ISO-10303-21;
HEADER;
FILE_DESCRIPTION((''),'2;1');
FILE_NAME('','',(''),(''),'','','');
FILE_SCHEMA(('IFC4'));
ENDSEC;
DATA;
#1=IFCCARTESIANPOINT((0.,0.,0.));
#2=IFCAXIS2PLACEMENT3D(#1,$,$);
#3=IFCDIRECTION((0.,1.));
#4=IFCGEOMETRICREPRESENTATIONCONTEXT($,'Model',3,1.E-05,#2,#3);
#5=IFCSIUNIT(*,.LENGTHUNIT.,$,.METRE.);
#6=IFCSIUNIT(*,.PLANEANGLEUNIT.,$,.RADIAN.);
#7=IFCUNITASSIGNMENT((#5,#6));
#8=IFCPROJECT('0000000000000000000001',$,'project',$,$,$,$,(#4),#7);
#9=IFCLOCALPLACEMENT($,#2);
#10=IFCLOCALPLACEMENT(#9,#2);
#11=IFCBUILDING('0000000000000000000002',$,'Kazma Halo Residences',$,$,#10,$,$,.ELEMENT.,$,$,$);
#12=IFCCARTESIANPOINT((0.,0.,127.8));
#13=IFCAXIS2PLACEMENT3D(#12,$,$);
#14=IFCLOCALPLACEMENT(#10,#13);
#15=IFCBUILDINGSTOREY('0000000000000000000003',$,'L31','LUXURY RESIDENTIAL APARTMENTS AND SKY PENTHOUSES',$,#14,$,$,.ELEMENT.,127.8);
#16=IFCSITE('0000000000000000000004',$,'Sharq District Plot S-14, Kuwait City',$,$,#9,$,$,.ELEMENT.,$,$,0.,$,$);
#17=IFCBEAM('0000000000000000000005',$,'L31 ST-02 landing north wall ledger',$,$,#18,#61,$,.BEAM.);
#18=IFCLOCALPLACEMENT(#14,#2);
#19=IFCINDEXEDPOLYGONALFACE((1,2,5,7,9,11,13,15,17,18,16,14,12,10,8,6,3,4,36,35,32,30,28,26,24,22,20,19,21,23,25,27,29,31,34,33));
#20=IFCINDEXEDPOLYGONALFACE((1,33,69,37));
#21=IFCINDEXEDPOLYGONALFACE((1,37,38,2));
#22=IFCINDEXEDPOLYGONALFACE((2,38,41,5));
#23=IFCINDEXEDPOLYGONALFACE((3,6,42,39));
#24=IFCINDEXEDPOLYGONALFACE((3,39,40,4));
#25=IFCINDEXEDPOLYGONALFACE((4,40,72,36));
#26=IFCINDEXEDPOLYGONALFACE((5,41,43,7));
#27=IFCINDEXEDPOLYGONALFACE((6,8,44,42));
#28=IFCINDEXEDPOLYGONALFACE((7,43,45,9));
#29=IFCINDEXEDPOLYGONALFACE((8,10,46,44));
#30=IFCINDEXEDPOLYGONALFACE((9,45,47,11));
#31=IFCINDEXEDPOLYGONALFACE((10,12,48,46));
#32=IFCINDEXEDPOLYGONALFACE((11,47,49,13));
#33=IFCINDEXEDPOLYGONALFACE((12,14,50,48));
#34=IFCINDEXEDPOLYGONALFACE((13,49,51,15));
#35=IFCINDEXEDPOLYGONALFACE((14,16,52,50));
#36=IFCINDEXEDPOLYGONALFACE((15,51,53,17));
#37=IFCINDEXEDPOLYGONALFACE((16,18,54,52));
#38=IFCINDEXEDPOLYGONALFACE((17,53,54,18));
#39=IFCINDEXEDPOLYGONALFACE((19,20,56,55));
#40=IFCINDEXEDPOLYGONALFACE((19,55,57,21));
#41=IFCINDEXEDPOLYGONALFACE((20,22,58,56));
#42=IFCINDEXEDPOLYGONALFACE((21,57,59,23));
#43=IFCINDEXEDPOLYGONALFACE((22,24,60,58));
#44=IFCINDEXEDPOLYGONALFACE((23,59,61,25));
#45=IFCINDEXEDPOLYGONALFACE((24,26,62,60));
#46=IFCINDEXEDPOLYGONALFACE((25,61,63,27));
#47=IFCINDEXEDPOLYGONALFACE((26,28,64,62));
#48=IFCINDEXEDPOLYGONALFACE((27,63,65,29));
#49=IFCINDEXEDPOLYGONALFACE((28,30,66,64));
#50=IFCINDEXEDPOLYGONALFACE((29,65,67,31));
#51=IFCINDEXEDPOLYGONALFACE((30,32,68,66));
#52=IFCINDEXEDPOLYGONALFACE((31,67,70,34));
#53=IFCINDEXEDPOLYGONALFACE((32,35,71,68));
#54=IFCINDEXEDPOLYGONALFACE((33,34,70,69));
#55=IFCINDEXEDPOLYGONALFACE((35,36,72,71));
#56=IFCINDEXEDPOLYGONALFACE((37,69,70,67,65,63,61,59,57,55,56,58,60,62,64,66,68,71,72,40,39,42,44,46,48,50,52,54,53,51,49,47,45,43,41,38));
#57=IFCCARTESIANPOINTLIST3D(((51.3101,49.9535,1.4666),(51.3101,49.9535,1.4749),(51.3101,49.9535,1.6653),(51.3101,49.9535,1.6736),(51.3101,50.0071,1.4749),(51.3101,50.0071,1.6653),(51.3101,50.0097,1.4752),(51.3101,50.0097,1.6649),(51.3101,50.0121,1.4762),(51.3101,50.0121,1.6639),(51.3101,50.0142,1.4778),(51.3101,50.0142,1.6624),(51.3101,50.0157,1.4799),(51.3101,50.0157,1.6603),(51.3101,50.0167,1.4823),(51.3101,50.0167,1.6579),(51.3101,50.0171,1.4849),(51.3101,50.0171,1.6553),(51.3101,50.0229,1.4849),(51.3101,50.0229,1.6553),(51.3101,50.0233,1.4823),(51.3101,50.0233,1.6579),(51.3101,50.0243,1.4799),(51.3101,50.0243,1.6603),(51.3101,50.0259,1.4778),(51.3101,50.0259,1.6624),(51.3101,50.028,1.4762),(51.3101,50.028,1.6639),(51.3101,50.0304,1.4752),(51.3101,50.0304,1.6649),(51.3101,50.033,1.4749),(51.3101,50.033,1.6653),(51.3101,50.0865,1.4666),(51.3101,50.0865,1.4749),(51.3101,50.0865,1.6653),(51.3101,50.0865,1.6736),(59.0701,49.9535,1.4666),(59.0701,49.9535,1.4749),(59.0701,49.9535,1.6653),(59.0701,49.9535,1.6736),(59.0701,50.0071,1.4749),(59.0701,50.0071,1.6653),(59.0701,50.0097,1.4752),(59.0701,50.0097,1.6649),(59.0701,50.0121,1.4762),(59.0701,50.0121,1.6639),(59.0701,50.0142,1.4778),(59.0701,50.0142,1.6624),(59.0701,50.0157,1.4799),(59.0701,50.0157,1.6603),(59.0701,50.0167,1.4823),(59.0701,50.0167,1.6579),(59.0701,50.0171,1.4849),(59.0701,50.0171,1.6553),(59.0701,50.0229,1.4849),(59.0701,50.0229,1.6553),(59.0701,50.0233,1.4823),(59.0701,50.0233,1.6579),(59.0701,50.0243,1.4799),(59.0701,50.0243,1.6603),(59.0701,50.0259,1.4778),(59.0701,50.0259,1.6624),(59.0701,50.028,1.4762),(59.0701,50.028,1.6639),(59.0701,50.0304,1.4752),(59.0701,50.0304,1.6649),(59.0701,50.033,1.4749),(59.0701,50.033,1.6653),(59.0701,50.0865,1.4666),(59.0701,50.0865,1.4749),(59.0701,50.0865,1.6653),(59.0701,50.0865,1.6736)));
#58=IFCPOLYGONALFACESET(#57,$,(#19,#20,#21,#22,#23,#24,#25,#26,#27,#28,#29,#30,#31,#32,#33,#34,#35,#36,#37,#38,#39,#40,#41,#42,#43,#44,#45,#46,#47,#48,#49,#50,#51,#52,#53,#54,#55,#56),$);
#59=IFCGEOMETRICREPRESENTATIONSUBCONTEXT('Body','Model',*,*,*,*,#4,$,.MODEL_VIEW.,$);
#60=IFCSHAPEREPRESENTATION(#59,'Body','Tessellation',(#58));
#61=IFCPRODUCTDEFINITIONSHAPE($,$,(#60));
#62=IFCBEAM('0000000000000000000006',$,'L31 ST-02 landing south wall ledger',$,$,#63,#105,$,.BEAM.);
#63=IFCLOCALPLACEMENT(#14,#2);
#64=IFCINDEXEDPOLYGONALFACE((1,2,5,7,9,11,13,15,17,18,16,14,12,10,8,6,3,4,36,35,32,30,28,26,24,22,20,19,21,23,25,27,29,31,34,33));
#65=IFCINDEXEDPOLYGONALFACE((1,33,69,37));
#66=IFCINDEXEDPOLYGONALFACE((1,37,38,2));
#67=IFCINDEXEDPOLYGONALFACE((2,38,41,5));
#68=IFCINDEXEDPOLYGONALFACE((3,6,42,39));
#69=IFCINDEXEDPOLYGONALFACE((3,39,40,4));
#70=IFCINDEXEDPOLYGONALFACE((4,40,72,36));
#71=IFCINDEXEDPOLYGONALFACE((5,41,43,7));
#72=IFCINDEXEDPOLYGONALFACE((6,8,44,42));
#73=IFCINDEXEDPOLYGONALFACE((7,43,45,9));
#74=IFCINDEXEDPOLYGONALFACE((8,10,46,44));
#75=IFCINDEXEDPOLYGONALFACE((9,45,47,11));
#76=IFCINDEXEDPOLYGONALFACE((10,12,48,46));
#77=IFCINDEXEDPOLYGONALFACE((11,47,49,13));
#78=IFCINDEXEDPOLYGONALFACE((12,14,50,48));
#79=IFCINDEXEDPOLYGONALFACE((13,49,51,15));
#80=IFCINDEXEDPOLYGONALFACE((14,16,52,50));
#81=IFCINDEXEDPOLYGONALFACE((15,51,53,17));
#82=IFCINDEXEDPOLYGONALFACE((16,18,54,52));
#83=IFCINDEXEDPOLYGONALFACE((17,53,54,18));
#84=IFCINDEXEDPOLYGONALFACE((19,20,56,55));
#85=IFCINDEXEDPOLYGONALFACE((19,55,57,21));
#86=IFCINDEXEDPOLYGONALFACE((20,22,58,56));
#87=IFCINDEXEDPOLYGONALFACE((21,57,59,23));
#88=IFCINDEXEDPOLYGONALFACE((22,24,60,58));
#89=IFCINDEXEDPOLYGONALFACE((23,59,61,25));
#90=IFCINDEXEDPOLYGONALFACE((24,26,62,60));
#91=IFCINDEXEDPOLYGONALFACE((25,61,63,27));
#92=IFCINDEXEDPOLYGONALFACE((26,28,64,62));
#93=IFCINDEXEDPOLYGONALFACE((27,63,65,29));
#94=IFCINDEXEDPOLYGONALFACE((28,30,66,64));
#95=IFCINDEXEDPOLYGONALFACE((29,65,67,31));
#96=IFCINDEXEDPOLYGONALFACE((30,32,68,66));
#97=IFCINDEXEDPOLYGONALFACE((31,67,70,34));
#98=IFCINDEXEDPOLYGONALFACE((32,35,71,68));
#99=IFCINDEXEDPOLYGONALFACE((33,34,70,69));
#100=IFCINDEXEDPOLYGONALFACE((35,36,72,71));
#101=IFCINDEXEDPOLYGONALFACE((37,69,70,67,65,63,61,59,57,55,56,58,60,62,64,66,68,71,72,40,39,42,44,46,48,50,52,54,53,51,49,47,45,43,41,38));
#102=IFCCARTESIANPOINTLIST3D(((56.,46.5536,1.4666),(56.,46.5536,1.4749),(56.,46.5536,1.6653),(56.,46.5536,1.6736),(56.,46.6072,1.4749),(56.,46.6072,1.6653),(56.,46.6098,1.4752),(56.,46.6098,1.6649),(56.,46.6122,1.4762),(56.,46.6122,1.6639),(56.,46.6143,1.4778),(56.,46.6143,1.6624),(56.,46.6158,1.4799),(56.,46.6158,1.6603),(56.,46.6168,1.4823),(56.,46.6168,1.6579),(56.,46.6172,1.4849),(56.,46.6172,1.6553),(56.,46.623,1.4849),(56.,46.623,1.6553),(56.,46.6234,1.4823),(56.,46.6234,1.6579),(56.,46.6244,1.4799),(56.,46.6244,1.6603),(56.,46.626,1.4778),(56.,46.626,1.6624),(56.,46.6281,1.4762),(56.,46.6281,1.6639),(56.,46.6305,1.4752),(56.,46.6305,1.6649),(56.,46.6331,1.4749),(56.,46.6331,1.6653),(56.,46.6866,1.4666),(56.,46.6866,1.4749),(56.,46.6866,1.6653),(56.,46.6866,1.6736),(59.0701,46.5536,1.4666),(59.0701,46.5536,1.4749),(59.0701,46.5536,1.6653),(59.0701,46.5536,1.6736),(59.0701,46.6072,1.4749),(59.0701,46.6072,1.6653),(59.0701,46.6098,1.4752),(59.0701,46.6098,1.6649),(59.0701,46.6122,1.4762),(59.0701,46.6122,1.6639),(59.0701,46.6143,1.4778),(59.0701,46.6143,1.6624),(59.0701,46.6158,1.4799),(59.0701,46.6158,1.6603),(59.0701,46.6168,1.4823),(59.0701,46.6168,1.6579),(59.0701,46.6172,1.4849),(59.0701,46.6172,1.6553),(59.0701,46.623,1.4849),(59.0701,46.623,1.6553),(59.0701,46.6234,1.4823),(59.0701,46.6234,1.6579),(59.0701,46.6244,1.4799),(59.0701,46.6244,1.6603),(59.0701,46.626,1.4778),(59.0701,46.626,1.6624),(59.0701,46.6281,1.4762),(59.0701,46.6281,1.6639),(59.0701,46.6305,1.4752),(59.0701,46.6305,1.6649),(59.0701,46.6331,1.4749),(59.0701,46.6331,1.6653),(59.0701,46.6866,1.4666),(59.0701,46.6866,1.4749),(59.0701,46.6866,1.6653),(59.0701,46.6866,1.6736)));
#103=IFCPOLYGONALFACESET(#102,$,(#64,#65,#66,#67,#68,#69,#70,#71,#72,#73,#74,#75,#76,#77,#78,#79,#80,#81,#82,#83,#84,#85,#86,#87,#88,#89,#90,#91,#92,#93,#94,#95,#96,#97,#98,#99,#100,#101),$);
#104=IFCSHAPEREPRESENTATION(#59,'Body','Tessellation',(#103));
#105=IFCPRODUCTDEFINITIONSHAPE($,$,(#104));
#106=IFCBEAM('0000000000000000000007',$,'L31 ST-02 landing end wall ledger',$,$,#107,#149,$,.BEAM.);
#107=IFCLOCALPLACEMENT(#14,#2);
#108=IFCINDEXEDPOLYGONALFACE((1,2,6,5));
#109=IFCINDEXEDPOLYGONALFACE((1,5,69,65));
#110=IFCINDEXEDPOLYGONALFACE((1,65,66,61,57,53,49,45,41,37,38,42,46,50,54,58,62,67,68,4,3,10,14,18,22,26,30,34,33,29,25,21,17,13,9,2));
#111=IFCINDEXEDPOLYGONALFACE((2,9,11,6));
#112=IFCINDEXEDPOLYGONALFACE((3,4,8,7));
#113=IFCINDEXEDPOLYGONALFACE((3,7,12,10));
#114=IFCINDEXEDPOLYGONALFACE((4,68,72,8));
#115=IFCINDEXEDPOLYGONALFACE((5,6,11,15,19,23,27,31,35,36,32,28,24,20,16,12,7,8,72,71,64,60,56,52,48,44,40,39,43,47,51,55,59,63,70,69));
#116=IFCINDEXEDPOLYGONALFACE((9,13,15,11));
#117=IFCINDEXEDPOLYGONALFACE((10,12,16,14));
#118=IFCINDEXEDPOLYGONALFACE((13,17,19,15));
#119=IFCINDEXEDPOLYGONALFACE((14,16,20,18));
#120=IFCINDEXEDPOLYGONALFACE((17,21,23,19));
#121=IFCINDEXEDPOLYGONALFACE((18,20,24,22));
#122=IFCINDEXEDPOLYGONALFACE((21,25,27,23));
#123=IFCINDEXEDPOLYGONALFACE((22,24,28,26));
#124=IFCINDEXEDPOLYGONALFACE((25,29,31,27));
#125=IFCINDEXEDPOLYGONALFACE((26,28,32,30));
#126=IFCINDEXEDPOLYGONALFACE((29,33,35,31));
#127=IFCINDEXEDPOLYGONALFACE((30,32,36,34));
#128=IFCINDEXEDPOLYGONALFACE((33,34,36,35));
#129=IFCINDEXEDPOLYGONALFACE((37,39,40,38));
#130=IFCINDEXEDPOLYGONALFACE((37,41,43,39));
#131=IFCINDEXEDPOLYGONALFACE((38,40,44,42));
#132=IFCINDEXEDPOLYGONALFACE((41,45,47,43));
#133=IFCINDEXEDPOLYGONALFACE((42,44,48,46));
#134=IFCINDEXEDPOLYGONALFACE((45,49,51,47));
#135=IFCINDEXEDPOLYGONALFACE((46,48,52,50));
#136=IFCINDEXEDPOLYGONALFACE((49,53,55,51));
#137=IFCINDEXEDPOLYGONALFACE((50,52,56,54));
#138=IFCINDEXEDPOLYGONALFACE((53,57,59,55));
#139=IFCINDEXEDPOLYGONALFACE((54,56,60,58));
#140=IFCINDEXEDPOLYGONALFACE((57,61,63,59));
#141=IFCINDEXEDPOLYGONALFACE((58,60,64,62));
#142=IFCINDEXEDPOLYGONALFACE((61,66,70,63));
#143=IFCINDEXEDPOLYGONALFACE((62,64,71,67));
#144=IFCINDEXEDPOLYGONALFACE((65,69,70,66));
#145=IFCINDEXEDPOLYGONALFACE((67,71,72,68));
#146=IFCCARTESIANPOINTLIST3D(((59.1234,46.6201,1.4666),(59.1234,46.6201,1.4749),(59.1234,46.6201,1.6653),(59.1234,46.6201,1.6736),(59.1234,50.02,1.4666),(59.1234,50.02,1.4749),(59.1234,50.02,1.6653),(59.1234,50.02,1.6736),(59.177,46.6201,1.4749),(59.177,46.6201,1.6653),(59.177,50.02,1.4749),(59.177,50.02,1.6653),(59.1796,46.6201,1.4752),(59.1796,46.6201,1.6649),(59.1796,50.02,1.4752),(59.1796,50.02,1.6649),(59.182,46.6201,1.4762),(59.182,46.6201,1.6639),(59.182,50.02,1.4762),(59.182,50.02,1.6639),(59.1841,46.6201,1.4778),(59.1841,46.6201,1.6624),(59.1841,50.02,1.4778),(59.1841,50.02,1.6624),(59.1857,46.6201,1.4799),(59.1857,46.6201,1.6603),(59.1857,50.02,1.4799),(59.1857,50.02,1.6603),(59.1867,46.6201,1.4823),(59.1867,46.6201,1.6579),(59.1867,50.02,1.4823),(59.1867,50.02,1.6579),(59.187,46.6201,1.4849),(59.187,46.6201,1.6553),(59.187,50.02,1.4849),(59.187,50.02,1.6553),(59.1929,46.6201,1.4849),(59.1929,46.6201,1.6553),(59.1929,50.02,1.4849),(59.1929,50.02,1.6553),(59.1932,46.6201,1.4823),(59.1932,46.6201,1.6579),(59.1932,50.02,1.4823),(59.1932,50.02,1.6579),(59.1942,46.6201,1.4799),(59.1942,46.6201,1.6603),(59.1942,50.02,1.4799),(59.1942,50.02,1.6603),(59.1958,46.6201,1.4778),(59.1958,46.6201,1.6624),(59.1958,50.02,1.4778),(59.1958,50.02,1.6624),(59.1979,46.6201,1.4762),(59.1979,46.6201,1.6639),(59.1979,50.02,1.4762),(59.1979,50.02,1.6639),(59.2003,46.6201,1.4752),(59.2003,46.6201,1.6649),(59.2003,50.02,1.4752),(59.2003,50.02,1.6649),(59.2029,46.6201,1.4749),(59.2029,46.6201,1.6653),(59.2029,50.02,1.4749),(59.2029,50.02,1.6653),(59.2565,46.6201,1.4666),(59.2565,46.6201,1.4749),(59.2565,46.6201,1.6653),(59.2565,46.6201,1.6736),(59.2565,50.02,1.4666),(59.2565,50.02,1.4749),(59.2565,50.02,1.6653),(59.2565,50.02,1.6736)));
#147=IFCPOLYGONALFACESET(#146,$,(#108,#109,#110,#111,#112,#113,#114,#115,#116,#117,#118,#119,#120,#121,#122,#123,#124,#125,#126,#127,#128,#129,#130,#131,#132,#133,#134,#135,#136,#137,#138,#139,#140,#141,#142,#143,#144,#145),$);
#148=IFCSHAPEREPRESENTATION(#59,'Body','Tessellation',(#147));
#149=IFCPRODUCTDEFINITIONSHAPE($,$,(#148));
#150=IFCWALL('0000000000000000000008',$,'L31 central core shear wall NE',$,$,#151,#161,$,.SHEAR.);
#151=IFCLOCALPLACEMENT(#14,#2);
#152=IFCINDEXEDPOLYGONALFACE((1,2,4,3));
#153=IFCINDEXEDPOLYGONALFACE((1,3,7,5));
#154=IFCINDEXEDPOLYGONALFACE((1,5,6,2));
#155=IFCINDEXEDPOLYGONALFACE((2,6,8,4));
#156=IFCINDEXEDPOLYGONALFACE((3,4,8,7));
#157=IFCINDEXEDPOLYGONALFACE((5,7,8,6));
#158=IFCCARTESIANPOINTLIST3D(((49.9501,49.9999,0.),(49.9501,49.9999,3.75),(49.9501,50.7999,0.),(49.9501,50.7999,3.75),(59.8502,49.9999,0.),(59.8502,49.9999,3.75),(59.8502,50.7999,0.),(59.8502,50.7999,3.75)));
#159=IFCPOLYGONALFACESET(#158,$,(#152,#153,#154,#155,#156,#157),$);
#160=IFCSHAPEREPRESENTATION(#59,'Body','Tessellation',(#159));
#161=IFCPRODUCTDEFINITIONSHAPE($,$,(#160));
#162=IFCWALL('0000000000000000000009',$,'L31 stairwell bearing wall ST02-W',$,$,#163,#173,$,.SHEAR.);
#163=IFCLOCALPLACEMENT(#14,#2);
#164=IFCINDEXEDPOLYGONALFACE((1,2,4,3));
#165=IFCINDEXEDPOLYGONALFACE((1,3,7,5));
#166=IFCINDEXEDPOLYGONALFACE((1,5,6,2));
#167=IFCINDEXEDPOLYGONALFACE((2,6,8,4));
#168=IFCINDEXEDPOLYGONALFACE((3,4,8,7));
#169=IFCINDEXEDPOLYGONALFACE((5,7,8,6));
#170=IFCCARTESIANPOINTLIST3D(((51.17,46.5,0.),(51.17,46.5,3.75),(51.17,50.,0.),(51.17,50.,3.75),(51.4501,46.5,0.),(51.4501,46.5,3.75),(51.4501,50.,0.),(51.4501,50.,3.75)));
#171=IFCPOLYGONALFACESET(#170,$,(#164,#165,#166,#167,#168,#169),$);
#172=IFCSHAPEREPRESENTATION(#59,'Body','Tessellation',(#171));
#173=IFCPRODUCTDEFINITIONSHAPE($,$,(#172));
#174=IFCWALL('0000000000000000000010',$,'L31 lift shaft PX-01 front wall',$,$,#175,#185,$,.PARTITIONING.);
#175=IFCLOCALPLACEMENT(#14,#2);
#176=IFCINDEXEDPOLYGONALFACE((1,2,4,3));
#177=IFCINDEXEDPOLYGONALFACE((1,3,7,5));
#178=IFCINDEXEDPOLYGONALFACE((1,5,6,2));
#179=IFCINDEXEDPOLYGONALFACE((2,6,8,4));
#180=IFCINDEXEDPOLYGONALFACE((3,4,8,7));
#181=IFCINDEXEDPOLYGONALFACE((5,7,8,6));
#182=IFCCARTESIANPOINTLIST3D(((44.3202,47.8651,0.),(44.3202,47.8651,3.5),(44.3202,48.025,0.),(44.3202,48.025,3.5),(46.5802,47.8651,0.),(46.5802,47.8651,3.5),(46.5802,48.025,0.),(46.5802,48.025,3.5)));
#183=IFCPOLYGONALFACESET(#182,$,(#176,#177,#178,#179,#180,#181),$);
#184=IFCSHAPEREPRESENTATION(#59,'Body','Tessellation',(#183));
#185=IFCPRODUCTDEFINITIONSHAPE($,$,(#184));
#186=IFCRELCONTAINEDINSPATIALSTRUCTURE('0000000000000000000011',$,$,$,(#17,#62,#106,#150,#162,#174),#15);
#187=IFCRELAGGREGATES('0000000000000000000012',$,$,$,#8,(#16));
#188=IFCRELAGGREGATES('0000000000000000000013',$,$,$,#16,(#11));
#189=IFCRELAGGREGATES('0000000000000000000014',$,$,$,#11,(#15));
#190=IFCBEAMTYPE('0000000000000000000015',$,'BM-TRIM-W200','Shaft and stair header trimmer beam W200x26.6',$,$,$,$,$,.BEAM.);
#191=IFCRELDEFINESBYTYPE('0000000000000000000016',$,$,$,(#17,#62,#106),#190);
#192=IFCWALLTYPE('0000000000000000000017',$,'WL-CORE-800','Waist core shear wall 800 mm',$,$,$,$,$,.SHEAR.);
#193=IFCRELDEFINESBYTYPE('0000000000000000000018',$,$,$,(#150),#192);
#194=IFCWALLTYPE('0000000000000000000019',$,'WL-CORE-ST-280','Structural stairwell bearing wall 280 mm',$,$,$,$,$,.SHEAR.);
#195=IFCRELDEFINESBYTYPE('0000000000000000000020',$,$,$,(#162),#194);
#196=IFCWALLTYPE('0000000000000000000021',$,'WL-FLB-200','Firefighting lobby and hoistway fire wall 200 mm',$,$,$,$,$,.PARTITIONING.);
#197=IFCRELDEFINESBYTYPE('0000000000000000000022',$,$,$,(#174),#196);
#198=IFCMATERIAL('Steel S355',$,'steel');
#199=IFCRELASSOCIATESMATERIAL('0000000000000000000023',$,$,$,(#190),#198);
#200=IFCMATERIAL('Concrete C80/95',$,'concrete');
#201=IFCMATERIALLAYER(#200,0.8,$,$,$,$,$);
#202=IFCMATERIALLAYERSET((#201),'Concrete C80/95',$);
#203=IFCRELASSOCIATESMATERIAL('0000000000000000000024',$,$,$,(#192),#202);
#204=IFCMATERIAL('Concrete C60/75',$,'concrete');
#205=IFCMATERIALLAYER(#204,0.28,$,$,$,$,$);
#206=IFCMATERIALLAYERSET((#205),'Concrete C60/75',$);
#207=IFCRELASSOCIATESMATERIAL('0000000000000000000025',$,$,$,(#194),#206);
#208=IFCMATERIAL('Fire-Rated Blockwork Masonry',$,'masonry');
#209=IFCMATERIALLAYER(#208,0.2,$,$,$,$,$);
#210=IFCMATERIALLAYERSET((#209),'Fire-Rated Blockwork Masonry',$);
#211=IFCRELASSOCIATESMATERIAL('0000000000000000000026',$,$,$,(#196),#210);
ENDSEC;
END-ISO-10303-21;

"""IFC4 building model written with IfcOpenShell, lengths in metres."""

from ifc_helpers import new_model, si_unit, direction, frame, frame_2d, origin, origin_2d, place, context, subcontext, project, spatial, rectangle, i_section, extrude, material, layer, layer_set, material_profile, profile_set, type_object, element, save


model = new_model("IFC4")

# Units and contexts
model_context = context("Model", 3, precision=1e-05, world=origin(), true_north=direction((0.0, 1.0)))
body_context = subcontext(model_context, "Body", "Model", "MODEL_VIEW")
ifc_project = project(units=[si_unit("LENGTHUNIT", "METRE"), si_unit("PLANEANGLEUNIT", "RADIAN")], contexts=[model_context])

# Site, building, storey
site_placement = place(None, origin())
site = spatial("IfcSite", under=ifc_project, at=site_placement, Name="Sharq District Plot S-14, Kuwait City", CompositionType="ELEMENT", RefElevation=0.0)
building_placement = place(site_placement, origin())
building = spatial("IfcBuilding", under=site, at=building_placement, Name="Kazma Halo Residences", CompositionType="ELEMENT")
storey_placement = place(building_placement, frame((0.0, 0.0, 127.8)))
storey = spatial("IfcBuildingStorey", under=building, at=storey_placement, Name="L31", Description="LUXURY RESIDENTIAL APARTMENTS AND SKY PENTHOUSES", CompositionType="ELEMENT", Elevation=127.8)

# Shared definitions
ifc_material_1 = material(Name="Steel S355", Category="steel")

# Beams
ifc_material_profile_1 = material_profile(ifc_material_1, i_section(OverallWidth=0.1331, OverallDepth=0.207, WebThickness=0.0059, FlangeThickness=0.0083, FilletRadius=0.01, at=origin_2d()), Name="W200x26.6")
ifc_profile_set_1 = profile_set([ifc_material_profile_1], Name="Steel S355")
beam_type_1 = type_object("IfcBeamType", Name="BM-TRIM-W200", Description="Shaft and stair header trimmer beam W200x26.6", PredefinedType="BEAM", material=ifc_profile_set_1)
beam_1_placement = place(storey_placement, frame((51.3101, 50.02, 1.5701), z_axis=(1.0, 0.0, 0.0), x_axis=(0.0, 1.0, 0.0)))
element("IfcBeam", 1, at=beam_1_placement, inside=storey, type_object=beam_type_1, Name="L31 ST-02 landing north wall ledger", PredefinedType="BEAM", context=body_context, shape_type="SweptSolid", body=[
    extrude(i_section(OverallWidth=0.1331, OverallDepth=0.207, WebThickness=0.0059, FlangeThickness=0.0083, FilletRadius=0.01, at=origin_2d()), origin(), (0.0, 0.0, 1.0), 7.76),
])
beam_2_placement = place(storey_placement, frame((56.0, 46.6201, 1.5701), z_axis=(1.0, 0.0, 0.0), x_axis=(0.0, 1.0, 0.0)))
element("IfcBeam", 2, at=beam_2_placement, inside=storey, type_object=beam_type_1, Name="L31 ST-02 landing south wall ledger", PredefinedType="BEAM", context=body_context, shape_type="SweptSolid", body=[
    extrude(i_section(OverallWidth=0.1331, OverallDepth=0.207, WebThickness=0.0059, FlangeThickness=0.0083, FilletRadius=0.01, at=origin_2d()), origin(), (0.0, 0.0, 1.0), 3.0701),
])
beam_3_placement = place(storey_placement, frame((59.1899, 46.6201, 1.5701), z_axis=(0.0, 1.0, 0.0), x_axis=(-1.0, 0.0, 0.0)))
element("IfcBeam", 3, at=beam_3_placement, inside=storey, type_object=beam_type_1, Name="L31 ST-02 landing end wall ledger", PredefinedType="BEAM", context=body_context, shape_type="SweptSolid", body=[
    extrude(i_section(OverallWidth=0.1331, OverallDepth=0.207, WebThickness=0.0059, FlangeThickness=0.0083, FilletRadius=0.01, at=origin_2d()), origin(), (0.0, 0.0, 1.0), 3.3999),
])

# Walls
ifc_material_2 = material(Name="Concrete C80/95", Category="concrete")
ifc_layer_1 = layer(ifc_material_2, 0.8)
ifc_layer_set_1 = layer_set([ifc_layer_1], Name="Concrete C80/95")
wall_type_1 = type_object("IfcWallType", Name="WL-CORE-800", Description="Waist core shear wall 800 mm", PredefinedType="SHEAR", material=ifc_layer_set_1)
wall_1_placement = place(storey_placement, frame((49.95, 50.3999, 0.0), z_axis=(0.0, 0.0, 1.0), x_axis=(1.0, 0.0, 0.0)))
element("IfcWall", 4, at=wall_1_placement, inside=storey, type_object=wall_type_1, Name="L31 central core shear wall NE", PredefinedType="SHEAR", context=body_context, shape_type="SweptSolid", body=[
    extrude(rectangle(XDim=9.9001, YDim=0.8, at=frame_2d((4.9502, 0.0))), origin(), (0.0, 0.0, 1.0), 3.75),
])
ifc_material_3 = material(Name="Concrete C60/75", Category="concrete")
ifc_layer_2 = layer(ifc_material_3, 0.28)
ifc_layer_set_2 = layer_set([ifc_layer_2], Name="Concrete C60/75")
wall_type_2 = type_object("IfcWallType", Name="WL-CORE-ST-280", Description="Structural stairwell bearing wall 280 mm", PredefinedType="SHEAR", material=ifc_layer_set_2)
wall_2_placement = place(storey_placement, frame((51.3101, 46.5, 0.0), z_axis=(0.0, 0.0, 1.0), x_axis=(0.0, 1.0, 0.0)))
element("IfcWall", 5, at=wall_2_placement, inside=storey, type_object=wall_type_2, Name="L31 stairwell bearing wall ST02-W", PredefinedType="SHEAR", context=body_context, shape_type="SweptSolid", body=[
    extrude(rectangle(XDim=3.5, YDim=0.28, at=frame_2d((1.75, 0.0))), origin(), (0.0, 0.0, 1.0), 3.75),
])
ifc_material_4 = material(Name="Fire-Rated Blockwork Masonry", Category="masonry")
ifc_layer_3 = layer(ifc_material_4, 0.2)
ifc_layer_set_3 = layer_set([ifc_layer_3], Name="Fire-Rated Blockwork Masonry")
wall_type_3 = type_object("IfcWallType", Name="WL-FLB-200", Description="Firefighting lobby and hoistway fire wall 200 mm", PredefinedType="PARTITIONING", material=ifc_layer_set_3)
wall_3_placement = place(storey_placement, frame((46.5801, 47.9451, 0.0), z_axis=(0.0, 0.0, 1.0), x_axis=(-1.0, 0.0, 0.0)))
element("IfcWall", 6, at=wall_3_placement, inside=storey, type_object=wall_type_3, Name="L31 lift shaft PX-01 front wall", PredefinedType="PARTITIONING", context=body_context, shape_type="SweptSolid", body=[
    extrude(rectangle(XDim=2.26, YDim=0.1599, at=frame_2d((1.1299, 0.0))), origin(), (0.0, 0.0, 1.0), 3.5),
])

save(model, "model.ifc")
